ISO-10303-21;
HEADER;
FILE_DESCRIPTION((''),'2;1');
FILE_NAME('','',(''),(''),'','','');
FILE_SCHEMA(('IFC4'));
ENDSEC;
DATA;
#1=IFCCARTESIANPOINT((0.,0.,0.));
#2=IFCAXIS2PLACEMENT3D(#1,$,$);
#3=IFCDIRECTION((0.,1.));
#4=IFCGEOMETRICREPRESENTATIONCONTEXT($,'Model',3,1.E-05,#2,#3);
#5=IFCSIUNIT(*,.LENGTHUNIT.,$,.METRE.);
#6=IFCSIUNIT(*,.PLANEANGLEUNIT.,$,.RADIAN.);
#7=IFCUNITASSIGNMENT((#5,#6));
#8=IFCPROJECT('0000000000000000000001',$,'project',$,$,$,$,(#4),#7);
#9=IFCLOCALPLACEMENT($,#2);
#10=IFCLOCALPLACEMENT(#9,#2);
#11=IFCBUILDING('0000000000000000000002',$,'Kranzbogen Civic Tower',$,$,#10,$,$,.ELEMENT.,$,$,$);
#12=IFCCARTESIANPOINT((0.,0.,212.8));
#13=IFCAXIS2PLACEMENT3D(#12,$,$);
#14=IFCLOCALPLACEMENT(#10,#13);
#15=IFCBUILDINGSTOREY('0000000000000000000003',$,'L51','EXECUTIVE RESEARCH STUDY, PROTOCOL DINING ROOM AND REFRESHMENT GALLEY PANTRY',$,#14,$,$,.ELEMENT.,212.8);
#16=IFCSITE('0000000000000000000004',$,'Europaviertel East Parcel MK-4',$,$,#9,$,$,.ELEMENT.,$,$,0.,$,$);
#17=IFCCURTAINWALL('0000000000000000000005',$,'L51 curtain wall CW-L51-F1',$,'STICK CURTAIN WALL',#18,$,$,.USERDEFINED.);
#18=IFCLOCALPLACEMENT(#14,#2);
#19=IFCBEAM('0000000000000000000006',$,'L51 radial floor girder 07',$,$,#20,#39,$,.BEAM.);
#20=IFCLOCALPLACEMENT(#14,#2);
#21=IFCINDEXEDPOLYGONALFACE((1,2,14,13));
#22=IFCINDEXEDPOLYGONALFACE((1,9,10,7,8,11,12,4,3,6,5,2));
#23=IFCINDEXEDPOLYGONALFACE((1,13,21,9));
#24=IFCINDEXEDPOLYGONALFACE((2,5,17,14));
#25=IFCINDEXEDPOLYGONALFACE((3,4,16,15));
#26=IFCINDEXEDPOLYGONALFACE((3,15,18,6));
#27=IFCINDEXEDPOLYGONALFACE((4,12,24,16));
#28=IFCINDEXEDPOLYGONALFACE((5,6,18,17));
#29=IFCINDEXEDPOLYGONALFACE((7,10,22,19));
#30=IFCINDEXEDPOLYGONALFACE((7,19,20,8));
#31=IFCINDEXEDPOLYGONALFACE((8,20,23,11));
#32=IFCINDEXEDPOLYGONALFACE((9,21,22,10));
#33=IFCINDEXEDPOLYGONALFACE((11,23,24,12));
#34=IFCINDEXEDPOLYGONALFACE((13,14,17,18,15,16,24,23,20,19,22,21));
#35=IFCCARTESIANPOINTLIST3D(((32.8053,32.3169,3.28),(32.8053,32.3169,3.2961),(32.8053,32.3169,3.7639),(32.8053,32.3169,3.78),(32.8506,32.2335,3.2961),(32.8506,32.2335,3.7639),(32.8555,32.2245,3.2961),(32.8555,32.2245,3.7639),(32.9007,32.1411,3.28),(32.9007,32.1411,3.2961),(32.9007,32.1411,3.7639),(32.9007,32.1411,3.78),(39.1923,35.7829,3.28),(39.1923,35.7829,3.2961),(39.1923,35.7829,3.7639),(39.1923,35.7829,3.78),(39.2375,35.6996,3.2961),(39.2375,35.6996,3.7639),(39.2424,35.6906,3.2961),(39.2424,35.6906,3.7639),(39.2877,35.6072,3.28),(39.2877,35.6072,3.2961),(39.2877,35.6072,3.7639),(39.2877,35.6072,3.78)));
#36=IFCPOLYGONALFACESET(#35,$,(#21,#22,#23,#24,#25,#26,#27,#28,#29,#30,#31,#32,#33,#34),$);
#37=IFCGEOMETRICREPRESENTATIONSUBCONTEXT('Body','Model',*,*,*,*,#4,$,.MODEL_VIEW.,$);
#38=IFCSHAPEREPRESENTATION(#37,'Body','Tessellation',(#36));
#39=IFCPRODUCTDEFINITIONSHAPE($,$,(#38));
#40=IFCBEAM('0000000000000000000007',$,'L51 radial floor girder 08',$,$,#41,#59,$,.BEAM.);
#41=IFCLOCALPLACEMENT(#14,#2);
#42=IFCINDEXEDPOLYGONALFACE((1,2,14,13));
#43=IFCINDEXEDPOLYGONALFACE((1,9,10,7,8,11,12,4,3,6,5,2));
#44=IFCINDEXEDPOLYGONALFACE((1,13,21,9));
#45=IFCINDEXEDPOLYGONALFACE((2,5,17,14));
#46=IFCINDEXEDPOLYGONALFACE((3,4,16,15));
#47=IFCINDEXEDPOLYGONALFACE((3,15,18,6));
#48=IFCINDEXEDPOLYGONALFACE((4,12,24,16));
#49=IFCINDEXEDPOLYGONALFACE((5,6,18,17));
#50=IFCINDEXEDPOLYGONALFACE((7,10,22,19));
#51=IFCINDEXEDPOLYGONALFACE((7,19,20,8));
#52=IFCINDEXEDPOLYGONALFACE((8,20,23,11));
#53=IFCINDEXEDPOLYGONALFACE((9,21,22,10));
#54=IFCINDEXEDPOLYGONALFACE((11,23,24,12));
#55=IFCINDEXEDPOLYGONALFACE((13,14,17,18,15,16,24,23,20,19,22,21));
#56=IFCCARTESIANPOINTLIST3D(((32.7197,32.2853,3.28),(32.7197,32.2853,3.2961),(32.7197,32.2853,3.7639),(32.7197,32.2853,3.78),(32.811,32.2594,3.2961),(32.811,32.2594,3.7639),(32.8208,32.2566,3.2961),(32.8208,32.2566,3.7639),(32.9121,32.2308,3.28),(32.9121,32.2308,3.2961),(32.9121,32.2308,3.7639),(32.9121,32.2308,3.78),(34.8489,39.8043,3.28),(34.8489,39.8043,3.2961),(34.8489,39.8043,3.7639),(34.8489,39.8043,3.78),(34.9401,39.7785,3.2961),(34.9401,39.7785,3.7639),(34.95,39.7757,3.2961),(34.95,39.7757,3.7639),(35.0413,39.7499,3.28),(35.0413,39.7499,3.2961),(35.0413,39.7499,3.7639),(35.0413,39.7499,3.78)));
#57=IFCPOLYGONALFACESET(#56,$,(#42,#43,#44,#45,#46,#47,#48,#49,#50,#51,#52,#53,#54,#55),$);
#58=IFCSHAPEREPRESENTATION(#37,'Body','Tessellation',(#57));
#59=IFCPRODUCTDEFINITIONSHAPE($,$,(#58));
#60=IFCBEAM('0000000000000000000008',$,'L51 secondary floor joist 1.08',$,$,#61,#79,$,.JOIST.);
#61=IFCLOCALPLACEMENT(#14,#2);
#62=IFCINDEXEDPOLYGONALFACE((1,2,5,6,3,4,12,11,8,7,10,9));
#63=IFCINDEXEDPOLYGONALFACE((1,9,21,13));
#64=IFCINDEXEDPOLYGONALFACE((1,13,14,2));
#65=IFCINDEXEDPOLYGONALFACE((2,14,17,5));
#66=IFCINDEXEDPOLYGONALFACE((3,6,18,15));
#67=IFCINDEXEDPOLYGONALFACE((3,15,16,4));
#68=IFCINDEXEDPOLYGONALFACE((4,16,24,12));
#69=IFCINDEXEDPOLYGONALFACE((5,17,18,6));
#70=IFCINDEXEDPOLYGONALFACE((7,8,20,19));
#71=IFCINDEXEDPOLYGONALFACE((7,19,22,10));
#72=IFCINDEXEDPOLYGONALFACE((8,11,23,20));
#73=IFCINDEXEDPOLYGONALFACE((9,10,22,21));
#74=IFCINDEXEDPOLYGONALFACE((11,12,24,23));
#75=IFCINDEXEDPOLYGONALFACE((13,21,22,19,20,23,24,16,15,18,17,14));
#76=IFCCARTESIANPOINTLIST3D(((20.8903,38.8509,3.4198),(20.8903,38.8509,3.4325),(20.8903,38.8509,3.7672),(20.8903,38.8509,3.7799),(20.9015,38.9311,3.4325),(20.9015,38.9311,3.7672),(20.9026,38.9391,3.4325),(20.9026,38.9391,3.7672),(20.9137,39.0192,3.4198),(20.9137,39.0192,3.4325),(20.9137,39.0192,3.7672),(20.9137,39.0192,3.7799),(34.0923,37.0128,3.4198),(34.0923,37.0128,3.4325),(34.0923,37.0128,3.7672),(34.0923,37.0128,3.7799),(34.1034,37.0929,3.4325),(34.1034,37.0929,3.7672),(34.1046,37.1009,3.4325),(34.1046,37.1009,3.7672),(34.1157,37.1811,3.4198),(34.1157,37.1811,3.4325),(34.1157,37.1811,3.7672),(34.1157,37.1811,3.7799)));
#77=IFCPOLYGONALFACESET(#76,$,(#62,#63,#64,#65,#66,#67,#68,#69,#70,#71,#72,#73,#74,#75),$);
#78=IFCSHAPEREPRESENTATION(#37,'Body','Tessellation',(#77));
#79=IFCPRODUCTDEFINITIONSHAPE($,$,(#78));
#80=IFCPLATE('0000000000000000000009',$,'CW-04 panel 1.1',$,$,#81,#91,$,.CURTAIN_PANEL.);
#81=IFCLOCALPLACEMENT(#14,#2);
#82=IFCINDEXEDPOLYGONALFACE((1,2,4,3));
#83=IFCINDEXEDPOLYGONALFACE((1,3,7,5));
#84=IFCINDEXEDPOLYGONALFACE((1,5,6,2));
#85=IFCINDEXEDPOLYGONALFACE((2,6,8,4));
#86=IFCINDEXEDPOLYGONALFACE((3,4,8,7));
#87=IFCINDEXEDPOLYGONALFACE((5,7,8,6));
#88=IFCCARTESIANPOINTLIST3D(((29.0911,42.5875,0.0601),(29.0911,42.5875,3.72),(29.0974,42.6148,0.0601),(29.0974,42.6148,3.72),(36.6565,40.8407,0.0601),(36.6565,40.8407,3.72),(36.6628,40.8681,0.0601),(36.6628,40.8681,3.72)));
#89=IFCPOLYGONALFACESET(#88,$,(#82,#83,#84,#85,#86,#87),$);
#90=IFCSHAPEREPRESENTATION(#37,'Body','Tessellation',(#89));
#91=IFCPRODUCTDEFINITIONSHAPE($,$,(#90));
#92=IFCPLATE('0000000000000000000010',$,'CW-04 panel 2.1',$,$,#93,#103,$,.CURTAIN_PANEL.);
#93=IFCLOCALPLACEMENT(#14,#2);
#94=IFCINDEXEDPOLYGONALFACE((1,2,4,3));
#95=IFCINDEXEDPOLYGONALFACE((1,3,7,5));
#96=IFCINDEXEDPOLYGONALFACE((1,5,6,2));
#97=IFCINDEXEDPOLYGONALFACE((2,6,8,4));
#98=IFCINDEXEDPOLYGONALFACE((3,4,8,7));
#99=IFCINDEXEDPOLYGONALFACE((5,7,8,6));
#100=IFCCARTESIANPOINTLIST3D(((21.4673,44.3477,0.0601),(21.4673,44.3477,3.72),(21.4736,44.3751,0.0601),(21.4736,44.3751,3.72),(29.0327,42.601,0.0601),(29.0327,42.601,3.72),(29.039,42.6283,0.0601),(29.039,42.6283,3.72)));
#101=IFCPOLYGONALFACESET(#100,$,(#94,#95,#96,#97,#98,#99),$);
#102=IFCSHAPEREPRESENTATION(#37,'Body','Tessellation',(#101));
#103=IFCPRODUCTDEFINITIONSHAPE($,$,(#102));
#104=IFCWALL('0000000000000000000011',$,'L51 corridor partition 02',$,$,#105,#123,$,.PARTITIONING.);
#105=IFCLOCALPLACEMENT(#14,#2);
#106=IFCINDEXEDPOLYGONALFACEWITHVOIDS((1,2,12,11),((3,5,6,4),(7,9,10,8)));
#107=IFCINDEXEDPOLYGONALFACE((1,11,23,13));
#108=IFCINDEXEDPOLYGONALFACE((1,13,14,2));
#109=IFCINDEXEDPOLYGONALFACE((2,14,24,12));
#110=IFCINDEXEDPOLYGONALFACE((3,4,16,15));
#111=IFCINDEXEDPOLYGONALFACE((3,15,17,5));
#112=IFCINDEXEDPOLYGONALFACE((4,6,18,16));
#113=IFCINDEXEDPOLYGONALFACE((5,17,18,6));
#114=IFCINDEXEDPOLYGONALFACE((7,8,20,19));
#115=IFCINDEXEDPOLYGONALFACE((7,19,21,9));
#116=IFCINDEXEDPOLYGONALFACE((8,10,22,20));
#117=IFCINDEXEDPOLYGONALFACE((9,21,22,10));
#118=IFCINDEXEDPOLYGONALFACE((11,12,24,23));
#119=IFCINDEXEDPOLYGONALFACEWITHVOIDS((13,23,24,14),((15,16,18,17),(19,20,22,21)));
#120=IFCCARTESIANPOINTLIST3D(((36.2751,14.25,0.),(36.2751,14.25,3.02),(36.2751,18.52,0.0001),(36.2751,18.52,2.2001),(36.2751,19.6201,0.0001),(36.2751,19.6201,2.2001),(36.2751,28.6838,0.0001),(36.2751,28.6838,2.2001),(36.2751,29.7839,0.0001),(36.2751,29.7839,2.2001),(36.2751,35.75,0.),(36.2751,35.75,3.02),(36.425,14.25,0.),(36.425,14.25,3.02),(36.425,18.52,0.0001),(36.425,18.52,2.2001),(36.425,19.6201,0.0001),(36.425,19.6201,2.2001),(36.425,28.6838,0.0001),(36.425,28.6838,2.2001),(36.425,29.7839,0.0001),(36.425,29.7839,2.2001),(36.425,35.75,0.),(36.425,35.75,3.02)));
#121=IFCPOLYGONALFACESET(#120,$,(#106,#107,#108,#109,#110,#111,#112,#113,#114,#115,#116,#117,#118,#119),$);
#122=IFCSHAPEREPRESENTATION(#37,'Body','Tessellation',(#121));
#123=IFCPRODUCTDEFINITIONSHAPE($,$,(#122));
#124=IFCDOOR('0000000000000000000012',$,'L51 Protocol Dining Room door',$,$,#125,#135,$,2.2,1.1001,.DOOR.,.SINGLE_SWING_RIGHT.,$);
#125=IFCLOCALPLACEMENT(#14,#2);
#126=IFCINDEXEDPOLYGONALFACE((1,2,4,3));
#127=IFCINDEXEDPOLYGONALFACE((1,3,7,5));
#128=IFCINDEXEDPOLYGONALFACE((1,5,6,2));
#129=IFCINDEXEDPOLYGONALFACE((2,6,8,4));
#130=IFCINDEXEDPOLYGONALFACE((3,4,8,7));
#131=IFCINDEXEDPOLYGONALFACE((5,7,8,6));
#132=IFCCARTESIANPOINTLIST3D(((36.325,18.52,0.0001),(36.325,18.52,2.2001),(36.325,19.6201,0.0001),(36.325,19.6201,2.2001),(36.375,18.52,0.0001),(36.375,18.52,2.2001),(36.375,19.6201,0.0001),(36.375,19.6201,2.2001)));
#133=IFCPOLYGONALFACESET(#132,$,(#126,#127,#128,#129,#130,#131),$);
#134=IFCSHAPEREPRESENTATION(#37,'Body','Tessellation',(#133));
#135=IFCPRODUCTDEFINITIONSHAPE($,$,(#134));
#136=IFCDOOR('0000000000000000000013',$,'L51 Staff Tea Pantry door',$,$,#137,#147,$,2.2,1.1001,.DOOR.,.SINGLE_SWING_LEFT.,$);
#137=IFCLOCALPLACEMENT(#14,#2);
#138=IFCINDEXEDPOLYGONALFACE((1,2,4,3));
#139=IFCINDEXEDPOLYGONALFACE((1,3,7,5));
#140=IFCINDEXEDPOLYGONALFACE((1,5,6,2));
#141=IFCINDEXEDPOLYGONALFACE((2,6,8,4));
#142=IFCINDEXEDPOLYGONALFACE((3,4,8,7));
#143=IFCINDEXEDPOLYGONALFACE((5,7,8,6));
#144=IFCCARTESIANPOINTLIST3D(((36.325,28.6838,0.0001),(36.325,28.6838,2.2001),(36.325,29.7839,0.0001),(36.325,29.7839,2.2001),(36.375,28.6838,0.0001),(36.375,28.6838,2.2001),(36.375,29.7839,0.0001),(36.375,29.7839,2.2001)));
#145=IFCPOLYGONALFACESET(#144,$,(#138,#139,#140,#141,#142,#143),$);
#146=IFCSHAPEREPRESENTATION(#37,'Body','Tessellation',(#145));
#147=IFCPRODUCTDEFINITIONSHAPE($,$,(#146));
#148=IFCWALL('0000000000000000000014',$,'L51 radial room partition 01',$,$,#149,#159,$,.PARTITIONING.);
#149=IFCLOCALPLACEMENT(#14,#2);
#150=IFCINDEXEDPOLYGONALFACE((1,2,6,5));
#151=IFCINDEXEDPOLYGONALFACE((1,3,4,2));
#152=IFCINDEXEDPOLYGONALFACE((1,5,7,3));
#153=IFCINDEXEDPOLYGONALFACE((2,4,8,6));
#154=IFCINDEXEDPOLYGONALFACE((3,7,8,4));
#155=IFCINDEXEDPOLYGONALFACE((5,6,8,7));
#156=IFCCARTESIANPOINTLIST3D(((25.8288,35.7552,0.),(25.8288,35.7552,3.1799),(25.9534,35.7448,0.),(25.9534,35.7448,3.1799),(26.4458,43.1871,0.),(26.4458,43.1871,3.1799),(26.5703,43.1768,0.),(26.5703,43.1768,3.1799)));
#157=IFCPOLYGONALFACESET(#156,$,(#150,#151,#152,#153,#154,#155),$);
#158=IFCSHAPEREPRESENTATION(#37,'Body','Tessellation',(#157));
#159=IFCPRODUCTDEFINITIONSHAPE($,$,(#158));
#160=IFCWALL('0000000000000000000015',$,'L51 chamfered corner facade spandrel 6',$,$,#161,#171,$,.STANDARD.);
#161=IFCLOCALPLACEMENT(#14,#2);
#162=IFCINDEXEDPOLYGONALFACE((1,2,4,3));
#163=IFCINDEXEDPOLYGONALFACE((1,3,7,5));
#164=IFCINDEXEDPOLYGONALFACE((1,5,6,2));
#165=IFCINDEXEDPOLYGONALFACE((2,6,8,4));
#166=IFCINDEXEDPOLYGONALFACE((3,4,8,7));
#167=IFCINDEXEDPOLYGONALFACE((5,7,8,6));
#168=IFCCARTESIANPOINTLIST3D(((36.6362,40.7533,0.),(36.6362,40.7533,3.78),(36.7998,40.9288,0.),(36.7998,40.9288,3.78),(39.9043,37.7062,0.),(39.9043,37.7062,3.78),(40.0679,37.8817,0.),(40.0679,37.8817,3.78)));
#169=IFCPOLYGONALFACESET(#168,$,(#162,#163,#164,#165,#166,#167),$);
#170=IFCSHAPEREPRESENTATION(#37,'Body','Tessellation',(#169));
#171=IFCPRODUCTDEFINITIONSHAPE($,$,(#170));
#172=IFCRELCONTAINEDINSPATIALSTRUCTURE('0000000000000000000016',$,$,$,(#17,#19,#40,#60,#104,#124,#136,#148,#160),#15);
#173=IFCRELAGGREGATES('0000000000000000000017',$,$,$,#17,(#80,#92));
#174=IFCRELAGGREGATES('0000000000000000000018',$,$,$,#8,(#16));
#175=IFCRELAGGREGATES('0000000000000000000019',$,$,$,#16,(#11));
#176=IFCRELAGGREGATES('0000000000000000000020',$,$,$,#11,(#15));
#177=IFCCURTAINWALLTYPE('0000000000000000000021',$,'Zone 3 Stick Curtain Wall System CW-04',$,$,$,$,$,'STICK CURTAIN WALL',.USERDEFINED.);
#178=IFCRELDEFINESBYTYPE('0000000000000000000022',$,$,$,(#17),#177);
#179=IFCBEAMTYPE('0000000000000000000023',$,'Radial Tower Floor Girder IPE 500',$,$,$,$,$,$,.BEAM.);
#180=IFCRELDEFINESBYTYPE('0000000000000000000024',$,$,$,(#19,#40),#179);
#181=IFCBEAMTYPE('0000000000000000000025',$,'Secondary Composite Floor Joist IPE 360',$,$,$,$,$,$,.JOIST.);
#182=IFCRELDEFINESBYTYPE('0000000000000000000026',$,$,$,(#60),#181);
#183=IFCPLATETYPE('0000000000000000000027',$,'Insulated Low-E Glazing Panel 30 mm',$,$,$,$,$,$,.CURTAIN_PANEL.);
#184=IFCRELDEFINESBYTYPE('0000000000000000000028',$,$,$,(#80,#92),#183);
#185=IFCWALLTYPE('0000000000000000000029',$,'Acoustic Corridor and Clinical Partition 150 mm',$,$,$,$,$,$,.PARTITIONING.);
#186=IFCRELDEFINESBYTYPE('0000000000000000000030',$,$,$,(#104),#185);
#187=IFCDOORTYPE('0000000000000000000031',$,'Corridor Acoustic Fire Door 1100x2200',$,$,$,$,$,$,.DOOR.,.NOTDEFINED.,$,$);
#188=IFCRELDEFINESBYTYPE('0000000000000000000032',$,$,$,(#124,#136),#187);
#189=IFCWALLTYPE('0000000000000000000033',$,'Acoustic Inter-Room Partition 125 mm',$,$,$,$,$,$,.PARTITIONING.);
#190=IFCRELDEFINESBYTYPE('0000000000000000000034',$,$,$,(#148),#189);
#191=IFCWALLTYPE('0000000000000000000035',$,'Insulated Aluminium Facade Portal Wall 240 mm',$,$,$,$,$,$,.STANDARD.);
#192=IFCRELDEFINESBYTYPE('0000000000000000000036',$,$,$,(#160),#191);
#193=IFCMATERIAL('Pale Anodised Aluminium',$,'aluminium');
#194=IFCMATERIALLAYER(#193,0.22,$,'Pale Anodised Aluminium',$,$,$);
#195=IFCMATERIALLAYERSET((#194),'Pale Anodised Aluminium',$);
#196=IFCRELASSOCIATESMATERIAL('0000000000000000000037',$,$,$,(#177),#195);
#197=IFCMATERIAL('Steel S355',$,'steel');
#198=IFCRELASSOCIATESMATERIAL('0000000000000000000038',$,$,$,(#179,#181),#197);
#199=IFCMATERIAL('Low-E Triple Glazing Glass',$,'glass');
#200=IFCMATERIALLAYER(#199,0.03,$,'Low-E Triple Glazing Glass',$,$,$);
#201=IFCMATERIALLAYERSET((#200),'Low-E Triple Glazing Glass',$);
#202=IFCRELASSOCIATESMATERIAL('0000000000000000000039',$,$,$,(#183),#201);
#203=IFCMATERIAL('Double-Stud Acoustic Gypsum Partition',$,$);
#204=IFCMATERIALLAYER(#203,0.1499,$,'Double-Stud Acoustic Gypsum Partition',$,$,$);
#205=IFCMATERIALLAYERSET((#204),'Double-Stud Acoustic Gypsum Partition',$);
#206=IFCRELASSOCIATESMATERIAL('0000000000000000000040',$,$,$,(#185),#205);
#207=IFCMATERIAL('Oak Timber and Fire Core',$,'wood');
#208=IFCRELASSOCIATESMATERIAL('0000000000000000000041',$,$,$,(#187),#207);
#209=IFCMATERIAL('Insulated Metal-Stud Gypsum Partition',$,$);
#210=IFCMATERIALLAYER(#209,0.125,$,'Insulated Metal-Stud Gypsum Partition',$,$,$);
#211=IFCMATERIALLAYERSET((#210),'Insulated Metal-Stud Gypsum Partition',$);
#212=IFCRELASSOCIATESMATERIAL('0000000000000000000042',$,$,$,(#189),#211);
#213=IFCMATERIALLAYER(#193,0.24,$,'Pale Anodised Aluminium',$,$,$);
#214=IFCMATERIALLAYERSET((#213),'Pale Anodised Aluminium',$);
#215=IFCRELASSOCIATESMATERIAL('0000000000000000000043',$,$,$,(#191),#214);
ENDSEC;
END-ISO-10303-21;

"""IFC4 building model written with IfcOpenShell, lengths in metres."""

from ifc_helpers import new_model, si_unit, direction, frame, frame_2d, origin, origin_2d, place, context, subcontext, project, spatial, rectangle, i_section, extrude, material, layer, layer_set, material_profile, profile_set, type_object, element, fill, aggregate, save


model = new_model("IFC4")

# Units and contexts
model_context = context("Model", 3, precision=1e-05, world=origin(), true_north=direction((0.0, 1.0)))
body_context = subcontext(model_context, "Body", "Model", "MODEL_VIEW")
ifc_project = project(units=[si_unit("LENGTHUNIT", "METRE"), si_unit("PLANEANGLEUNIT", "RADIAN")], contexts=[model_context])

# Site, building, storey
site_placement = place(None, origin())
site = spatial("IfcSite", under=ifc_project, at=site_placement, Name="Europaviertel East Parcel MK-4", CompositionType="ELEMENT", RefElevation=0.0)
building_placement = place(site_placement, origin())
building = spatial("IfcBuilding", under=site, at=building_placement, Name="Kranzbogen Civic Tower", CompositionType="ELEMENT")
storey_placement = place(building_placement, frame((0.0, 0.0, 212.8)))
storey = spatial("IfcBuildingStorey", under=building, at=storey_placement, Name="L51", Description="EXECUTIVE RESEARCH STUDY, PROTOCOL DINING ROOM AND REFRESHMENT GALLEY PANTRY", CompositionType="ELEMENT", Elevation=212.8)

# Shared definitions
ifc_material_1 = material(Name="Steel S355", Category="steel")

# Curtain wall
ifc_material_2 = material(Name="Pale Anodised Aluminium", Category="aluminium")
ifc_layer_1 = layer(ifc_material_2, 0.22, Name="Pale Anodised Aluminium")
ifc_layer_set_1 = layer_set([ifc_layer_1], Name="Pale Anodised Aluminium")
curtain_wall_type = type_object("IfcCurtainWallType", Name="Zone 3 Stick Curtain Wall System CW-04", ElementType="STICK CURTAIN WALL", PredefinedType="USERDEFINED", material=ifc_layer_set_1)
curtain_wall_1_placement = place(storey_placement, origin())
curtain_wall_1 = element("IfcCurtainWall", 1, at=curtain_wall_1_placement, inside=storey, type_object=curtain_wall_type, Name="L51 curtain wall CW-L51-F1", ObjectType="STICK CURTAIN WALL", PredefinedType="USERDEFINED")

# Beams
ifc_material_profile_1 = material_profile(ifc_material_1, i_section(OverallWidth=0.2, OverallDepth=0.5, WebThickness=0.0103, FlangeThickness=0.0161, at=origin_2d()), Name="IPE 500")
ifc_profile_set_1 = profile_set([ifc_material_profile_1], Name="Steel S355")
beam_type_1 = type_object("IfcBeamType", Name="Radial Tower Floor Girder IPE 500", PredefinedType="BEAM", material=ifc_profile_set_1)
beam_1_placement = place(storey_placement, frame((39.24, 35.6951, 3.53), z_axis=(-0.878919, -0.47697, 0.0), x_axis=(0.47697, -0.878919, 0.0)))
element("IfcBeam", 2, at=beam_1_placement, inside=storey, type_object=beam_type_1, Name="L51 radial floor girder 07", PredefinedType="BEAM", context=body_context, shape_type="SweptSolid", body=[
    extrude(i_section(OverallWidth=0.2, OverallDepth=0.5, WebThickness=0.0103, FlangeThickness=0.0161, at=origin_2d()), origin(), (0.0, 0.0, 1.0), 7.2668),
])
beam_2_placement = place(storey_placement, frame((34.9451, 39.7771, 3.53), z_axis=(-0.272455, -0.962169, 0.0), x_axis=(0.962169, -0.272455, 0.0)))
element("IfcBeam", 3, at=beam_2_placement, inside=storey, type_object=beam_type_1, Name="L51 radial floor girder 08", PredefinedType="BEAM", context=body_context, shape_type="SweptSolid", body=[
    extrude(i_section(OverallWidth=0.2, OverallDepth=0.5, WebThickness=0.0103, FlangeThickness=0.0161, at=origin_2d()), origin(), (0.0, 0.0, 1.0), 7.8147),
])
ifc_material_profile_2 = material_profile(ifc_material_1, i_section(OverallWidth=0.1699, OverallDepth=0.3601, WebThickness=0.0081, FlangeThickness=0.0127, at=origin_2d()), Name="IPE 360")
ifc_profile_set_2 = profile_set([ifc_material_profile_2], Name="Steel S355")
beam_type_2 = type_object("IfcBeamType", Name="Secondary Composite Floor Joist IPE 360", PredefinedType="JOIST", material=ifc_profile_set_2)
beam_3_placement = place(storey_placement, frame((34.104, 37.0969, 3.5999), z_axis=(-0.990446, 0.137902, 0.0), x_axis=(-0.137902, -0.990446, 0.0)))
element("IfcBeam", 4, at=beam_3_placement, inside=storey, type_object=beam_type_2, Name="L51 secondary floor joist 1.08", PredefinedType="JOIST", context=body_context, shape_type="SweptSolid", body=[
    extrude(i_section(OverallWidth=0.1699, OverallDepth=0.3601, WebThickness=0.0081, FlangeThickness=0.0127, at=origin_2d()), origin(), (0.0, 0.0, 1.0), 13.3293),
])

# Plates
ifc_material_3 = material(Name="Low-E Triple Glazing Glass", Category="glass")
ifc_layer_2 = layer(ifc_material_3, 0.03, Name="Low-E Triple Glazing Glass")
ifc_layer_set_2 = layer_set([ifc_layer_2], Name="Low-E Triple Glazing Glass")
plate_type = type_object("IfcPlateType", Name="Insulated Low-E Glazing Panel 30 mm", PredefinedType="CURTAIN_PANEL", material=ifc_layer_set_2)
plate_1_placement = place(storey_placement, frame((32.877, 41.7278, 0.0601), z_axis=(0.0, 0.0, 1.0), x_axis=(-0.974365, 0.224971, 0.0)))
plate_1 = element("IfcPlate", 5, at=plate_1_placement, type_object=plate_type, Name="CW-04 panel 1.1", PredefinedType="CURTAIN_PANEL", context=body_context, shape_type="SweptSolid", body=[
    extrude(rectangle(XDim=7.7644, YDim=0.0281, at=origin_2d()), origin(), (0.0, 0.0, 1.0), 3.6599),
])
plate_2_placement = place(storey_placement, frame((25.2532, 43.488, 0.0601), z_axis=(0.0, 0.0, 1.0), x_axis=(-0.974365, 0.224971, 0.0)))
plate_2 = element("IfcPlate", 6, at=plate_2_placement, type_object=plate_type, Name="CW-04 panel 2.1", PredefinedType="CURTAIN_PANEL", context=body_context, shape_type="SweptSolid", body=[
    extrude(rectangle(XDim=7.7644, YDim=0.0281, at=origin_2d()), origin(), (0.0, 0.0, 1.0), 3.6599),
])
aggregate(curtain_wall_1, [plate_1, plate_2])

# Wall, openings, doors
ifc_material_4 = material(Name="Double-Stud Acoustic Gypsum Partition")
ifc_layer_3 = layer(ifc_material_4, 0.1499, Name="Double-Stud Acoustic Gypsum Partition")
ifc_layer_set_3 = layer_set([ifc_layer_3], Name="Double-Stud Acoustic Gypsum Partition")
wall_type_1 = type_object("IfcWallType", Name="Acoustic Corridor and Clinical Partition 150 mm", PredefinedType="PARTITIONING", material=ifc_layer_set_3)
wall_1_placement = place(storey_placement, frame((36.3501, 35.75, 0.0), z_axis=(0.0, 0.0, 1.0), x_axis=(0.0, -1.0, 0.0)))
wall_1 = element("IfcWall", 7, at=wall_1_placement, inside=storey, type_object=wall_type_1, Name="L51 corridor partition 02", PredefinedType="PARTITIONING", context=body_context, shape_type="SweptSolid", body=[
    extrude(rectangle(XDim=21.5, YDim=0.1499, at=frame_2d((10.75, 0.0))), origin(), (0.0, 0.0, 1.0), 3.02),
])
opening_1_placement = place(wall_1_placement, frame((16.1299, 0.0, 0.0)))
opening_1 = element("IfcOpeningElement", 8, at=opening_1_placement, cuts=wall_1, PredefinedType="OPENING", context=body_context, shape_type="SweptSolid", body=[
    extrude(rectangle(XDim=1.1001, YDim=2.2, at=frame_2d((0.55, 1.1001))), frame((0.0, 0.085, 0.0), z_axis=(0.0, -1.0, 0.0), x_axis=(1.0, 0.0, 0.0)), (0.0, 0.0, 1.0), 0.1699),
])
opening_2_placement = place(wall_1_placement, frame((5.9661, 0.0, 0.0)))
opening_2 = element("IfcOpeningElement", 9, at=opening_2_placement, cuts=wall_1, PredefinedType="OPENING", context=body_context, shape_type="SweptSolid", body=[
    extrude(rectangle(XDim=1.1001, YDim=2.2, at=frame_2d((0.55, 1.1001))), frame((0.0, 0.085, 0.0), z_axis=(0.0, -1.0, 0.0), x_axis=(1.0, 0.0, 0.0)), (0.0, 0.0, 1.0), 0.1699),
])
ifc_material_5 = material(Name="Oak Timber and Fire Core", Category="wood")
door_type = type_object("IfcDoorType", Name="Corridor Acoustic Fire Door 1100x2200", OperationType="NOTDEFINED", PredefinedType="DOOR", material=ifc_material_5)
door_1_placement = place(opening_1_placement, origin())
door_1 = element("IfcDoor", 10, at=door_1_placement, inside=storey, type_object=door_type, Name="L51 Protocol Dining Room door", OperationType="SINGLE_SWING_RIGHT", OverallHeight=2.2, OverallWidth=1.1001, PredefinedType="DOOR", context=body_context, shape_type="SweptSolid", body=[
    extrude(rectangle(XDim=1.1001, YDim=2.2, at=frame_2d((0.55, 1.1001))), frame((0.0, 0.0249, 0.0), z_axis=(0.0, -1.0, 0.0), x_axis=(1.0, 0.0, 0.0)), (0.0, 0.0, 1.0), 0.05),
])
fill(opening_1, door_1)
door_2_placement = place(opening_2_placement, origin())
door_2 = element("IfcDoor", 11, at=door_2_placement, inside=storey, type_object=door_type, Name="L51 Staff Tea Pantry door", OperationType="SINGLE_SWING_LEFT", OverallHeight=2.2, OverallWidth=1.1001, PredefinedType="DOOR", context=body_context, shape_type="SweptSolid", body=[
    extrude(rectangle(XDim=1.1001, YDim=2.2, at=frame_2d((0.55, 1.1001))), frame((0.0, 0.0249, 0.0), z_axis=(0.0, -1.0, 0.0), x_axis=(1.0, 0.0, 0.0)), (0.0, 0.0, 1.0), 0.05),
])
fill(opening_2, door_2)

# Walls
ifc_material_6 = material(Name="Insulated Metal-Stud Gypsum Partition")
ifc_layer_4 = layer(ifc_material_6, 0.125, Name="Insulated Metal-Stud Gypsum Partition")
ifc_layer_set_4 = layer_set([ifc_layer_4], Name="Insulated Metal-Stud Gypsum Partition")
wall_type_2 = type_object("IfcWallType", Name="Acoustic Inter-Room Partition 125 mm", PredefinedType="PARTITIONING", material=ifc_layer_set_4)
wall_2_placement = place(storey_placement, frame((25.8911, 35.75, 0.0), z_axis=(0.0, 0.0, 1.0), x_axis=(0.082728, 0.996572, 0.0)))
element("IfcWall", 12, at=wall_2_placement, inside=storey, type_object=wall_type_2, Name="L51 radial room partition 01", PredefinedType="PARTITIONING", context=body_context, shape_type="SweptSolid", body=[
    extrude(rectangle(XDim=7.4575, YDim=0.125, at=frame_2d((3.7288, 0.0))), origin(), (0.0, 0.0, 1.0), 3.1799),
])
ifc_layer_5 = layer(ifc_material_2, 0.24, Name="Pale Anodised Aluminium")
ifc_layer_set_5 = layer_set([ifc_layer_5], Name="Pale Anodised Aluminium")
wall_type_3 = type_object("IfcWallType", Name="Insulated Aluminium Facade Portal Wall 240 mm", PredefinedType="STANDARD", material=ifc_layer_set_5)
wall_3_placement = place(storey_placement, frame((39.9861, 37.7939, 0.0), z_axis=(0.0, 0.0, 1.0), x_axis=(-0.731399, 0.68195, 0.0)))
element("IfcWall", 13, at=wall_3_placement, inside=storey, type_object=wall_type_3, Name="L51 chamfered corner facade spandrel 6", PredefinedType="STANDARD", context=body_context, shape_type="SweptSolid", body=[
    extrude(rectangle(XDim=4.4683, YDim=0.24, at=frame_2d((2.2341, 0.0))), origin(), (0.0, 0.0, 1.0), 3.78),
])

save(model, "model.ifc")
